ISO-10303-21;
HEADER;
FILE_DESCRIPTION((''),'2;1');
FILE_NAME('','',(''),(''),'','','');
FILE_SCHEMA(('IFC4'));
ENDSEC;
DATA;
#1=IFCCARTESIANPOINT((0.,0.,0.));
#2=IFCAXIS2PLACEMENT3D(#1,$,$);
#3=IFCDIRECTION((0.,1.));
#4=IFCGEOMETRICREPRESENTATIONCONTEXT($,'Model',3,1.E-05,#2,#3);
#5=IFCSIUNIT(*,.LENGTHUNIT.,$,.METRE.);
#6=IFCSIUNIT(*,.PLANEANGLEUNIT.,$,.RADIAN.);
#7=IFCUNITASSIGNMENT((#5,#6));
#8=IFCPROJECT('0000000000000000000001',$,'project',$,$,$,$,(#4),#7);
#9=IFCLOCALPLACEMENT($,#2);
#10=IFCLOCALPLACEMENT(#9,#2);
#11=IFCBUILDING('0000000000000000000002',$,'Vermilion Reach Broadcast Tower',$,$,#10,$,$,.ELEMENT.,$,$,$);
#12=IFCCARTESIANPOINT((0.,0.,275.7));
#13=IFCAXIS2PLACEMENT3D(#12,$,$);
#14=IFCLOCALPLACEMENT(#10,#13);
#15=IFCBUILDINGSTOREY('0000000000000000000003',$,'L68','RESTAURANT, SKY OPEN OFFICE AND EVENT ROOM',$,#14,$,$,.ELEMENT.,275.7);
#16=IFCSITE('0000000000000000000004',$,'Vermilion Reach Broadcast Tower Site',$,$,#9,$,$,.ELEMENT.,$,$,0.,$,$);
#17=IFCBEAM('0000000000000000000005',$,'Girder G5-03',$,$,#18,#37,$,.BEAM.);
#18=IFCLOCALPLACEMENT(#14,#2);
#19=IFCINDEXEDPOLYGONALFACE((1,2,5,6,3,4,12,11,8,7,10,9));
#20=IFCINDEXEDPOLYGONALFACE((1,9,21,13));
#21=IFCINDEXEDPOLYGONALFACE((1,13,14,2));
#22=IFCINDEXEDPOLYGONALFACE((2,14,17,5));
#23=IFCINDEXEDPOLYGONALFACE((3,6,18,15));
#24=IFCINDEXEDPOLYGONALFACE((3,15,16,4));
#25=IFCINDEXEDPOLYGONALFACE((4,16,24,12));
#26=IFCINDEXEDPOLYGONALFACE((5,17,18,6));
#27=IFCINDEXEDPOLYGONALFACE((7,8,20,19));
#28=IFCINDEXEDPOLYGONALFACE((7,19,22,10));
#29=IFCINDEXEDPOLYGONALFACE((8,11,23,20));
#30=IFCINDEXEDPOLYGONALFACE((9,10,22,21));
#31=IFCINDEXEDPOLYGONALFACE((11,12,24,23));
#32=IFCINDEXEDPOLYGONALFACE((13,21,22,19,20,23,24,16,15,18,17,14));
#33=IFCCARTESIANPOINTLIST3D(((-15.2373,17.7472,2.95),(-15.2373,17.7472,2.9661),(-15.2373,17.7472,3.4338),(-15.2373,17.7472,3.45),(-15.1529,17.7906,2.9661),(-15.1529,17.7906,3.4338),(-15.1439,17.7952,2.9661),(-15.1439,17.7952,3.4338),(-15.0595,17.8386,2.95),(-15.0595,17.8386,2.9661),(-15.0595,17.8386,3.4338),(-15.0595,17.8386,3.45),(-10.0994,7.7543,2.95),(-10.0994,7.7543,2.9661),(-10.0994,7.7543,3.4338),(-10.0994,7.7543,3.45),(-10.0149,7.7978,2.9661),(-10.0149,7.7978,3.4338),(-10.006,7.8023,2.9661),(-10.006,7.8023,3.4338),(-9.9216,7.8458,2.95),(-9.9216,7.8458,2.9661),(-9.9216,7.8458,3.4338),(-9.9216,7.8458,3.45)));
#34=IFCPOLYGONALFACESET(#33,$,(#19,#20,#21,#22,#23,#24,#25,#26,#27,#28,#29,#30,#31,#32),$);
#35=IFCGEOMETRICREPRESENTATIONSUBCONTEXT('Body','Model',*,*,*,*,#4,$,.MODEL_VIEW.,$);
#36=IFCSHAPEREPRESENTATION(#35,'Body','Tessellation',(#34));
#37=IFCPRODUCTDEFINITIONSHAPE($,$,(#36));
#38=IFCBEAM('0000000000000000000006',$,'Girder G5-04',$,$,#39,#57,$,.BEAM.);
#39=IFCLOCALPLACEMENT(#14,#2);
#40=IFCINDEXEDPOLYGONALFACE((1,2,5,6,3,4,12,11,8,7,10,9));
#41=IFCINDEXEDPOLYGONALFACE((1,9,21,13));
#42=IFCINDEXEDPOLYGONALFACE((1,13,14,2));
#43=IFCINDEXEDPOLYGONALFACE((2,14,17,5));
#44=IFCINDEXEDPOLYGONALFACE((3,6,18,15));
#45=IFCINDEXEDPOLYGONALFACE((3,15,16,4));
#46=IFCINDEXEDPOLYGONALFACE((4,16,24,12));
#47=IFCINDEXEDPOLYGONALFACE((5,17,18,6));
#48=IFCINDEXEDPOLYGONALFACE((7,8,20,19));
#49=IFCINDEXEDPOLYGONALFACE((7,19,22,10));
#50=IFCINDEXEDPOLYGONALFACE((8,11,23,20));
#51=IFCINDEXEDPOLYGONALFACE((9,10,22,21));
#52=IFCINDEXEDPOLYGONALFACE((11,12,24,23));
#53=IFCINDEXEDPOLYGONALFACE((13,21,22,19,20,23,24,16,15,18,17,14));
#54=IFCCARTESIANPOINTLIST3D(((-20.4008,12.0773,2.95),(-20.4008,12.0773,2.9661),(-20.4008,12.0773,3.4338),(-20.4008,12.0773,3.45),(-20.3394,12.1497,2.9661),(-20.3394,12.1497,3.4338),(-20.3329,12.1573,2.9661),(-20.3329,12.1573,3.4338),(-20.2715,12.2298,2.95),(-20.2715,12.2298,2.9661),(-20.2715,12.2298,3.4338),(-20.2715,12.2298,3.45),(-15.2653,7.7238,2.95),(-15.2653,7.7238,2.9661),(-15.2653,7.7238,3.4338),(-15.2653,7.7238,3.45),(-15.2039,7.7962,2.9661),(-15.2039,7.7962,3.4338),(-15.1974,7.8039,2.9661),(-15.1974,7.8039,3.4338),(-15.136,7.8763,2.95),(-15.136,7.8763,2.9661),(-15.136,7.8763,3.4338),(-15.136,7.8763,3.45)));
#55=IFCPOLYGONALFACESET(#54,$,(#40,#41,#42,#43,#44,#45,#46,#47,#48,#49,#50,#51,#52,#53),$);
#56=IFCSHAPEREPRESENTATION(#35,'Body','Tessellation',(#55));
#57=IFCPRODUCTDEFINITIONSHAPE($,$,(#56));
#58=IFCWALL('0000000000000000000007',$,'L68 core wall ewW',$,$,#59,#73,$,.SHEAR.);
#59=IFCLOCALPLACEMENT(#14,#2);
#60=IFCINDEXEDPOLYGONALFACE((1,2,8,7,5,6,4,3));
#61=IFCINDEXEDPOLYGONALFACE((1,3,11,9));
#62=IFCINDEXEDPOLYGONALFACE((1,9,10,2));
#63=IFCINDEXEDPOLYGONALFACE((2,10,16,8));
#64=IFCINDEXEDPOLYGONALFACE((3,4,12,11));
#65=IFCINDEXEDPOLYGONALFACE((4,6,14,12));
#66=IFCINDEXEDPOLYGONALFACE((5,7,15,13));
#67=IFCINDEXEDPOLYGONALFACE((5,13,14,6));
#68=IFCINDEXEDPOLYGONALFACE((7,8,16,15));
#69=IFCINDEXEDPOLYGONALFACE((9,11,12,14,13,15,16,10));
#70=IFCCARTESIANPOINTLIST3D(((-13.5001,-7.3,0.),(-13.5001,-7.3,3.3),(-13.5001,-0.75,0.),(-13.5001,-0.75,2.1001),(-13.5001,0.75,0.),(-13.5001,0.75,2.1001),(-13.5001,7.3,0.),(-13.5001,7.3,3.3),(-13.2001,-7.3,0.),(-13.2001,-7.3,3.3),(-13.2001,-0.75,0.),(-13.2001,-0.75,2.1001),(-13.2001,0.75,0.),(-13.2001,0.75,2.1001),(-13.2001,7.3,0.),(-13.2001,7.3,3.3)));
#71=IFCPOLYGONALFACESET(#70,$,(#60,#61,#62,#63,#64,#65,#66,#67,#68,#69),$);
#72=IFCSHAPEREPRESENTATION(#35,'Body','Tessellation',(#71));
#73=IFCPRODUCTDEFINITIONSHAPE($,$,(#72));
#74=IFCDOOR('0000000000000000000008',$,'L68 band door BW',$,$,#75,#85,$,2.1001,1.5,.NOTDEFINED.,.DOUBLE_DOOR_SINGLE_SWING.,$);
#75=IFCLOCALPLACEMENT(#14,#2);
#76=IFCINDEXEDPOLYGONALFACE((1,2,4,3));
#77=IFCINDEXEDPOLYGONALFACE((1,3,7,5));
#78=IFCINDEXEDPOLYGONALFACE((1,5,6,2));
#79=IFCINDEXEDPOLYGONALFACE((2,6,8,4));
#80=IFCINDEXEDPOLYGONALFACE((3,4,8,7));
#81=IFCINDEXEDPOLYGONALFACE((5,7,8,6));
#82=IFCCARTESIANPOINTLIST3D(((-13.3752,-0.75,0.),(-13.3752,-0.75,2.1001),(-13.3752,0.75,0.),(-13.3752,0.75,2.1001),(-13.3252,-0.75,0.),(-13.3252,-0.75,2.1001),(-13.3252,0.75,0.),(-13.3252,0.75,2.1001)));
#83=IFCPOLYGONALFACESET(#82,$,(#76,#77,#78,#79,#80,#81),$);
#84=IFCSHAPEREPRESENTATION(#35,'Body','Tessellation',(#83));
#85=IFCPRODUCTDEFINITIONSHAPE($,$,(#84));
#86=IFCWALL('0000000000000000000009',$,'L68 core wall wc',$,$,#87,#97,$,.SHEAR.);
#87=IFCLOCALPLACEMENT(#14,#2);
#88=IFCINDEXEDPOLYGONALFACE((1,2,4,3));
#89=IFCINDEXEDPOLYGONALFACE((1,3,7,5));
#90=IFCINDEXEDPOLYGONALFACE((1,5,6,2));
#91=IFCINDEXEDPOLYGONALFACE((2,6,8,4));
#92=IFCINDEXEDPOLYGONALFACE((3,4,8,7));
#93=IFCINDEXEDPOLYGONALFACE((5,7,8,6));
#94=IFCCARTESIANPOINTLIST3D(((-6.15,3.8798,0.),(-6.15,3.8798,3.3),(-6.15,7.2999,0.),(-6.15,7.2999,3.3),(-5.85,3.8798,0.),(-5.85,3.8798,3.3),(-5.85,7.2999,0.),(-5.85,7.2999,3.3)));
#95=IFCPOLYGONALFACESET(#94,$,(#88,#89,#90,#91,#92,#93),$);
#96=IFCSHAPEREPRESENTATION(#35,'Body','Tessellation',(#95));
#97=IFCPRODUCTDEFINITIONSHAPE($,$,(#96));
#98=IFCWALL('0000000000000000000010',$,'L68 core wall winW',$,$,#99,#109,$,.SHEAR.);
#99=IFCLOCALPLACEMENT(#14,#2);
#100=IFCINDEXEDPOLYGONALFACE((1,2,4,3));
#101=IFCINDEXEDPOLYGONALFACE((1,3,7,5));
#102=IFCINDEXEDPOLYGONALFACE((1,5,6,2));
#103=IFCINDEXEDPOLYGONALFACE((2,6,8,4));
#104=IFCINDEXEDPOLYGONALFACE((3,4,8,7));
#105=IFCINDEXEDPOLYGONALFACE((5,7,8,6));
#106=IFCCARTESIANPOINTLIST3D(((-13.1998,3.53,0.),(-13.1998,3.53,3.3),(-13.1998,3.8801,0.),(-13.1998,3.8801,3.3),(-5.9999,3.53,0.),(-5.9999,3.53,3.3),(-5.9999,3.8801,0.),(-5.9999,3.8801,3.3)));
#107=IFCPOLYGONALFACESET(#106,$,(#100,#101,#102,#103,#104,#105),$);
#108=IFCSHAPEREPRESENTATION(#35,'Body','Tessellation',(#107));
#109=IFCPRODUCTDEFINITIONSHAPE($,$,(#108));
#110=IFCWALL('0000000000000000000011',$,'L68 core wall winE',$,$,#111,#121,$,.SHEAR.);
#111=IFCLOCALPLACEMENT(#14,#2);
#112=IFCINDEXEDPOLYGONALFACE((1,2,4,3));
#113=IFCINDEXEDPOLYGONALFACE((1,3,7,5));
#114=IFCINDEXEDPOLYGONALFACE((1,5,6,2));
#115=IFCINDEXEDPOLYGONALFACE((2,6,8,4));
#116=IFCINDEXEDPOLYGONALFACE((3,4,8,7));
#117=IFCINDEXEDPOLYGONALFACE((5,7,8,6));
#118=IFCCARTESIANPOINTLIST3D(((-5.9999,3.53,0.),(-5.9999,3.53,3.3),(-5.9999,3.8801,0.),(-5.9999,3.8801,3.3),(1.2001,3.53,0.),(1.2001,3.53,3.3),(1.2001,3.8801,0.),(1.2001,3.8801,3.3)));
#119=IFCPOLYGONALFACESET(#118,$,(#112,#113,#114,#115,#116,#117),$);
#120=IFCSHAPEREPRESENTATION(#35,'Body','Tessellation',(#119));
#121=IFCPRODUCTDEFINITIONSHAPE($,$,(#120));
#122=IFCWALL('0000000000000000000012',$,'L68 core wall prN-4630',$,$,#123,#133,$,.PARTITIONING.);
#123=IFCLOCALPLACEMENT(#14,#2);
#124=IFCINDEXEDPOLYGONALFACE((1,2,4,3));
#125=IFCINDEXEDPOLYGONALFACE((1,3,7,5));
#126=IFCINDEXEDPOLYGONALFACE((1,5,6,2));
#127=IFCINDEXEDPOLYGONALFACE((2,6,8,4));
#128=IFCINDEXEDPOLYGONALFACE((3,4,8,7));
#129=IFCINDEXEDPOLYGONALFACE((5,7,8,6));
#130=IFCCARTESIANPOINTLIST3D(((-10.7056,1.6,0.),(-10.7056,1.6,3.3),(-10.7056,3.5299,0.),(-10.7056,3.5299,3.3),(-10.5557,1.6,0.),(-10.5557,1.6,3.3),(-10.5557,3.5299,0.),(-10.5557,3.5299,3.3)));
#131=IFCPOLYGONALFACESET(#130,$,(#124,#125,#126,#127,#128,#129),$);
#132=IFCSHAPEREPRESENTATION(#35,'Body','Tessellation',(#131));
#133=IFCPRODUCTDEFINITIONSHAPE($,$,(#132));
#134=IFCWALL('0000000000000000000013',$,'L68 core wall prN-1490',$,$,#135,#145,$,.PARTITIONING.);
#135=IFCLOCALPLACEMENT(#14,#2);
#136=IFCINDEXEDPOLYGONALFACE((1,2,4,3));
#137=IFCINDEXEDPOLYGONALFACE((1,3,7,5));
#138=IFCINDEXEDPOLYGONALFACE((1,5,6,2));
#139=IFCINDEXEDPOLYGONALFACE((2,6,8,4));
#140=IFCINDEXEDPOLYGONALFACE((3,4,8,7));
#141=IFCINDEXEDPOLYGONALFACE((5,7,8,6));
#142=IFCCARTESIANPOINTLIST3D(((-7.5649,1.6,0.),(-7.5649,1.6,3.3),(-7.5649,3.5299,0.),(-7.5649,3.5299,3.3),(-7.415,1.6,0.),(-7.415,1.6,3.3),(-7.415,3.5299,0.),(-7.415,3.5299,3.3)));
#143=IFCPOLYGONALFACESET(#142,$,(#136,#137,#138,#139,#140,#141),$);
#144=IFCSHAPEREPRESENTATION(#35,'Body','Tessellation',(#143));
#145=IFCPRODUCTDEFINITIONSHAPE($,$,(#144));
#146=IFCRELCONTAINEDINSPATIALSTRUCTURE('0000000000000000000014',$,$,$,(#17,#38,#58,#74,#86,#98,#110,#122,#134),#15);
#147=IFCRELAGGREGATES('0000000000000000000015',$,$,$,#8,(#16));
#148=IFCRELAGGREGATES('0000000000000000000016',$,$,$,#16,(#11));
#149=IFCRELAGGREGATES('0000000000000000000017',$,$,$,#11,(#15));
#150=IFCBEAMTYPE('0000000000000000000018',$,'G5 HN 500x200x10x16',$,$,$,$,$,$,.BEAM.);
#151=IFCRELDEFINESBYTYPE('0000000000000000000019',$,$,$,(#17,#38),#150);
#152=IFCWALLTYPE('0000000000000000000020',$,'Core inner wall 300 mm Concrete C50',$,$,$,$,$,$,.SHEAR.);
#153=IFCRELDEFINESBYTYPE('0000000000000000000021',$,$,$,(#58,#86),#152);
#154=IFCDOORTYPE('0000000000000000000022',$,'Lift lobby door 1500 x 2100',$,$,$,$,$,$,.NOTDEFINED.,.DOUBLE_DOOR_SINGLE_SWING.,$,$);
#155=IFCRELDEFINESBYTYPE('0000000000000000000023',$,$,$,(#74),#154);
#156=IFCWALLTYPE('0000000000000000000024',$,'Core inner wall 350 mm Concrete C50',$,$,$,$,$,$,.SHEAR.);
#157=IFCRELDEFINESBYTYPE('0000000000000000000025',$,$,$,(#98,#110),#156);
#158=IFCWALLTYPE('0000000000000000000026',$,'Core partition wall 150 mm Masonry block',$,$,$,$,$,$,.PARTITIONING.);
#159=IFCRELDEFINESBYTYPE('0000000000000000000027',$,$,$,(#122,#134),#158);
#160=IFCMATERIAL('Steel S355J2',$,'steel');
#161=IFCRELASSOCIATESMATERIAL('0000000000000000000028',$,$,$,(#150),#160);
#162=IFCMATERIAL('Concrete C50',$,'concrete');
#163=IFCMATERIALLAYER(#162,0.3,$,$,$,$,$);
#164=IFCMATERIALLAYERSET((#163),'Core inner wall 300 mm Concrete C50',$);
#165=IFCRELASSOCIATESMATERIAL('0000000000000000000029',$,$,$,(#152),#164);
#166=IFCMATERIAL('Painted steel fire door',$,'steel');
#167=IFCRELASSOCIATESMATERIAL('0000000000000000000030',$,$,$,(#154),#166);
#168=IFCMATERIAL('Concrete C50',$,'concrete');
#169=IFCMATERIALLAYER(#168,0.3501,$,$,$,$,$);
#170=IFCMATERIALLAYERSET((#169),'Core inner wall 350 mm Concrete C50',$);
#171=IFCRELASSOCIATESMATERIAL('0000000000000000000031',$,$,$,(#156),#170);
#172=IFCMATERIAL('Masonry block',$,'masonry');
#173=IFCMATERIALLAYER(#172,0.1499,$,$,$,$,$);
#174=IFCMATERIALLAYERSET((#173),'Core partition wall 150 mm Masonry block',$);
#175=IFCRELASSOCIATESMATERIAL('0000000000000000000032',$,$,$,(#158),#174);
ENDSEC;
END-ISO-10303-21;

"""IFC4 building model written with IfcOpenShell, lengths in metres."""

from ifc_helpers import new_model, si_unit, direction, frame, frame_2d, origin, origin_2d, place, context, subcontext, project, spatial, rectangle, i_section, extrude, material, layer, layer_set, material_profile, profile_set, type_object, element, fill, save


model = new_model("IFC4")

# Units and contexts
model_context = context("Model", 3, precision=1e-05, world=origin(), true_north=direction((0.0, 1.0)))
body_context = subcontext(model_context, "Body", "Model", "MODEL_VIEW")
ifc_project = project(units=[si_unit("LENGTHUNIT", "METRE"), si_unit("PLANEANGLEUNIT", "RADIAN")], contexts=[model_context])

# Site, building, storey
site_placement = place(None, origin())
site = spatial("IfcSite", under=ifc_project, at=site_placement, Name="Vermilion Reach Broadcast Tower Site", CompositionType="ELEMENT", RefElevation=0.0)
building_placement = place(site_placement, origin())
building = spatial("IfcBuilding", under=site, at=building_placement, Name="Vermilion Reach Broadcast Tower", CompositionType="ELEMENT")
storey_placement = place(building_placement, frame((0.0, 0.0, 275.7)))
storey = spatial("IfcBuildingStorey", under=building, at=storey_placement, Name="L68", Description="RESTAURANT, SKY OPEN OFFICE AND EVENT ROOM", CompositionType="ELEMENT", Elevation=275.7)

# Beams
ifc_material_1 = material(Name="Steel S355J2", Category="steel")
ifc_material_profile = material_profile(ifc_material_1, i_section(OverallWidth=0.2, OverallDepth=0.5, WebThickness=0.01, FlangeThickness=0.0161, at=origin_2d()), Name="S355J2 HN 500x200x10x16")
ifc_profile_set = profile_set([ifc_material_profile], Name="Steel S355J2")
beam_type = type_object("IfcBeamType", Name="G5 HN 500x200x10x16", PredefinedType="BEAM", material=ifc_profile_set)
beam_1_placement = place(storey_placement, frame((-10.0105, 7.8, 3.2), z_axis=(-0.457258, 0.889334, 0.0), x_axis=(-0.889334, -0.457258, 0.0)))
element("IfcBeam", 1, at=beam_1_placement, inside=storey, type_object=beam_type, Name="Girder G5-03", PredefinedType="BEAM", context=body_context, shape_type="SweptSolid", body=[
    extrude(i_section(OverallWidth=0.2, OverallDepth=0.5, WebThickness=0.01, FlangeThickness=0.0161, at=origin_2d()), origin(), (0.0, 0.0, 1.0), 11.2363),
])
beam_2_placement = place(storey_placement, frame((-15.2007, 7.8, 3.2), z_axis=(-0.762793, 0.646643, 0.0), x_axis=(-0.646643, -0.762793, 0.0)))
element("IfcBeam", 2, at=beam_2_placement, inside=storey, type_object=beam_type, Name="Girder G5-04", PredefinedType="BEAM", context=body_context, shape_type="SweptSolid", body=[
    extrude(i_section(OverallWidth=0.2, OverallDepth=0.5, WebThickness=0.01, FlangeThickness=0.0161, at=origin_2d()), origin(), (0.0, 0.0, 1.0), 6.7324),
])

# Wall, opening, door
ifc_material_2 = material(Name="Concrete C50", Category="concrete")
ifc_layer_1 = layer(ifc_material_2, 0.3)
ifc_layer_set_1 = layer_set([ifc_layer_1], Name="Core inner wall 300 mm Concrete C50")
wall_type_1 = type_object("IfcWallType", Name="Core inner wall 300 mm Concrete C50", PredefinedType="SHEAR", material=ifc_layer_set_1)
wall_1_placement = place(storey_placement, frame((-13.3501, 7.3, 0.0), z_axis=(0.0, 0.0, 1.0), x_axis=(0.0, -1.0, 0.0)))
wall_1 = element("IfcWall", 3, at=wall_1_placement, inside=storey, type_object=wall_type_1, Name="L68 core wall ewW", PredefinedType="SHEAR", context=body_context, shape_type="SweptSolid", body=[
    extrude(rectangle(XDim=14.6001, YDim=0.3, at=frame_2d((7.3, 0.0))), origin(), (0.0, 0.0, 1.0), 3.3),
])
opening_1_placement = place(wall_1_placement, frame((6.55, 0.0, 0.0)))
opening_1 = element("IfcOpeningElement", 4, at=opening_1_placement, cuts=wall_1, PredefinedType="OPENING", context=body_context, shape_type="SweptSolid", body=[
    extrude(rectangle(XDim=1.5, YDim=2.1001, at=frame_2d((0.75, 1.05))), frame((0.0, 0.1599, 0.0), z_axis=(0.0, -1.0, 0.0), x_axis=(1.0, 0.0, 0.0)), (0.0, 0.0, 1.0), 0.3201),
])
ifc_material_3 = material(Name="Painted steel fire door", Category="steel")
door_type_1 = type_object("IfcDoorType", Name="Lift lobby door 1500 x 2100", OperationType="DOUBLE_DOOR_SINGLE_SWING", PredefinedType="NOTDEFINED", material=ifc_material_3)
door_1_placement = place(opening_1_placement, origin())
door_1 = element("IfcDoor", 5, at=door_1_placement, inside=storey, type_object=door_type_1, Name="L68 band door BW", OperationType="DOUBLE_DOOR_SINGLE_SWING", OverallHeight=2.1001, OverallWidth=1.5, PredefinedType="NOTDEFINED", context=body_context, shape_type="SweptSolid", body=[
    extrude(rectangle(XDim=1.5, YDim=2.1001, at=frame_2d((0.75, 1.05))), frame((0.0, 0.0249, 0.0), z_axis=(0.0, -1.0, 0.0), x_axis=(1.0, 0.0, 0.0)), (0.0, 0.0, 1.0), 0.05),
])
fill(opening_1, door_1)

# Walls
wall_2_placement = place(storey_placement, frame((-6.0, 3.8799, 0.0), z_axis=(0.0, 0.0, 1.0), x_axis=(0.0, 1.0, 0.0)))
element("IfcWall", 6, at=wall_2_placement, inside=storey, type_object=wall_type_1, Name="L68 core wall wc", PredefinedType="SHEAR", context=body_context, shape_type="SweptSolid", body=[
    extrude(rectangle(XDim=3.4202, YDim=0.3, at=frame_2d((1.71, 0.0))), origin(), (0.0, 0.0, 1.0), 3.3),
])
ifc_material_4 = material(Name="Concrete C50", Category="concrete")
ifc_layer_2 = layer(ifc_material_4, 0.3501)
ifc_layer_set_2 = layer_set([ifc_layer_2], Name="Core inner wall 350 mm Concrete C50")
wall_type_2 = type_object("IfcWallType", Name="Core inner wall 350 mm Concrete C50", PredefinedType="SHEAR", material=ifc_layer_set_2)
for number, where, z_axis, x_axis, name in (
    (7, (-13.2, 3.7051, 0.0), (0.0, 0.0, 1.0), (1.0, 0.0, 0.0), "L68 core wall winW"),
    (8, (-6.0, 3.7051, 0.0), (0.0, 0.0, 1.0), (1.0, 0.0, 0.0), "L68 core wall winE"),
):
    element("IfcWall", number, at=place(storey_placement, frame(where, z_axis=z_axis, x_axis=x_axis)), inside=storey, type_object=wall_type_2, Name=name, PredefinedType="SHEAR", context=body_context, shape_type="SweptSolid", body=[
        extrude(rectangle(XDim=7.2, YDim=0.3501, at=frame_2d((3.6001, 0.0))), origin(), (0.0, 0.0, 1.0), 3.3),
    ])
ifc_material_5 = material(Name="Masonry block", Category="masonry")
ifc_layer_3 = layer(ifc_material_5, 0.1499)
ifc_layer_set_3 = layer_set([ifc_layer_3], Name="Core partition wall 150 mm Masonry block")
wall_type_3 = type_object("IfcWallType", Name="Core partition wall 150 mm Masonry block", PredefinedType="PARTITIONING", material=ifc_layer_set_3)
for number, where, z_axis, x_axis, name in (
    (9, (-10.6306, 1.6001, 0.0), (0.0, 0.0, 1.0), (0.0, 1.0, 0.0), "L68 core wall prN-4630"),
    (10, (-7.49, 1.6001, 0.0), (0.0, 0.0, 1.0), (0.0, 1.0, 0.0), "L68 core wall prN-1490"),
):
    element("IfcWall", number, at=place(storey_placement, frame(where, z_axis=z_axis, x_axis=x_axis)), inside=storey, type_object=wall_type_3, Name=name, PredefinedType="PARTITIONING", context=body_context, shape_type="SweptSolid", body=[
        extrude(rectangle(XDim=1.9299, YDim=0.1499, at=frame_2d((0.9648, 0.0))), origin(), (0.0, 0.0, 1.0), 3.3),
    ])

save(model, "model.ifc")
